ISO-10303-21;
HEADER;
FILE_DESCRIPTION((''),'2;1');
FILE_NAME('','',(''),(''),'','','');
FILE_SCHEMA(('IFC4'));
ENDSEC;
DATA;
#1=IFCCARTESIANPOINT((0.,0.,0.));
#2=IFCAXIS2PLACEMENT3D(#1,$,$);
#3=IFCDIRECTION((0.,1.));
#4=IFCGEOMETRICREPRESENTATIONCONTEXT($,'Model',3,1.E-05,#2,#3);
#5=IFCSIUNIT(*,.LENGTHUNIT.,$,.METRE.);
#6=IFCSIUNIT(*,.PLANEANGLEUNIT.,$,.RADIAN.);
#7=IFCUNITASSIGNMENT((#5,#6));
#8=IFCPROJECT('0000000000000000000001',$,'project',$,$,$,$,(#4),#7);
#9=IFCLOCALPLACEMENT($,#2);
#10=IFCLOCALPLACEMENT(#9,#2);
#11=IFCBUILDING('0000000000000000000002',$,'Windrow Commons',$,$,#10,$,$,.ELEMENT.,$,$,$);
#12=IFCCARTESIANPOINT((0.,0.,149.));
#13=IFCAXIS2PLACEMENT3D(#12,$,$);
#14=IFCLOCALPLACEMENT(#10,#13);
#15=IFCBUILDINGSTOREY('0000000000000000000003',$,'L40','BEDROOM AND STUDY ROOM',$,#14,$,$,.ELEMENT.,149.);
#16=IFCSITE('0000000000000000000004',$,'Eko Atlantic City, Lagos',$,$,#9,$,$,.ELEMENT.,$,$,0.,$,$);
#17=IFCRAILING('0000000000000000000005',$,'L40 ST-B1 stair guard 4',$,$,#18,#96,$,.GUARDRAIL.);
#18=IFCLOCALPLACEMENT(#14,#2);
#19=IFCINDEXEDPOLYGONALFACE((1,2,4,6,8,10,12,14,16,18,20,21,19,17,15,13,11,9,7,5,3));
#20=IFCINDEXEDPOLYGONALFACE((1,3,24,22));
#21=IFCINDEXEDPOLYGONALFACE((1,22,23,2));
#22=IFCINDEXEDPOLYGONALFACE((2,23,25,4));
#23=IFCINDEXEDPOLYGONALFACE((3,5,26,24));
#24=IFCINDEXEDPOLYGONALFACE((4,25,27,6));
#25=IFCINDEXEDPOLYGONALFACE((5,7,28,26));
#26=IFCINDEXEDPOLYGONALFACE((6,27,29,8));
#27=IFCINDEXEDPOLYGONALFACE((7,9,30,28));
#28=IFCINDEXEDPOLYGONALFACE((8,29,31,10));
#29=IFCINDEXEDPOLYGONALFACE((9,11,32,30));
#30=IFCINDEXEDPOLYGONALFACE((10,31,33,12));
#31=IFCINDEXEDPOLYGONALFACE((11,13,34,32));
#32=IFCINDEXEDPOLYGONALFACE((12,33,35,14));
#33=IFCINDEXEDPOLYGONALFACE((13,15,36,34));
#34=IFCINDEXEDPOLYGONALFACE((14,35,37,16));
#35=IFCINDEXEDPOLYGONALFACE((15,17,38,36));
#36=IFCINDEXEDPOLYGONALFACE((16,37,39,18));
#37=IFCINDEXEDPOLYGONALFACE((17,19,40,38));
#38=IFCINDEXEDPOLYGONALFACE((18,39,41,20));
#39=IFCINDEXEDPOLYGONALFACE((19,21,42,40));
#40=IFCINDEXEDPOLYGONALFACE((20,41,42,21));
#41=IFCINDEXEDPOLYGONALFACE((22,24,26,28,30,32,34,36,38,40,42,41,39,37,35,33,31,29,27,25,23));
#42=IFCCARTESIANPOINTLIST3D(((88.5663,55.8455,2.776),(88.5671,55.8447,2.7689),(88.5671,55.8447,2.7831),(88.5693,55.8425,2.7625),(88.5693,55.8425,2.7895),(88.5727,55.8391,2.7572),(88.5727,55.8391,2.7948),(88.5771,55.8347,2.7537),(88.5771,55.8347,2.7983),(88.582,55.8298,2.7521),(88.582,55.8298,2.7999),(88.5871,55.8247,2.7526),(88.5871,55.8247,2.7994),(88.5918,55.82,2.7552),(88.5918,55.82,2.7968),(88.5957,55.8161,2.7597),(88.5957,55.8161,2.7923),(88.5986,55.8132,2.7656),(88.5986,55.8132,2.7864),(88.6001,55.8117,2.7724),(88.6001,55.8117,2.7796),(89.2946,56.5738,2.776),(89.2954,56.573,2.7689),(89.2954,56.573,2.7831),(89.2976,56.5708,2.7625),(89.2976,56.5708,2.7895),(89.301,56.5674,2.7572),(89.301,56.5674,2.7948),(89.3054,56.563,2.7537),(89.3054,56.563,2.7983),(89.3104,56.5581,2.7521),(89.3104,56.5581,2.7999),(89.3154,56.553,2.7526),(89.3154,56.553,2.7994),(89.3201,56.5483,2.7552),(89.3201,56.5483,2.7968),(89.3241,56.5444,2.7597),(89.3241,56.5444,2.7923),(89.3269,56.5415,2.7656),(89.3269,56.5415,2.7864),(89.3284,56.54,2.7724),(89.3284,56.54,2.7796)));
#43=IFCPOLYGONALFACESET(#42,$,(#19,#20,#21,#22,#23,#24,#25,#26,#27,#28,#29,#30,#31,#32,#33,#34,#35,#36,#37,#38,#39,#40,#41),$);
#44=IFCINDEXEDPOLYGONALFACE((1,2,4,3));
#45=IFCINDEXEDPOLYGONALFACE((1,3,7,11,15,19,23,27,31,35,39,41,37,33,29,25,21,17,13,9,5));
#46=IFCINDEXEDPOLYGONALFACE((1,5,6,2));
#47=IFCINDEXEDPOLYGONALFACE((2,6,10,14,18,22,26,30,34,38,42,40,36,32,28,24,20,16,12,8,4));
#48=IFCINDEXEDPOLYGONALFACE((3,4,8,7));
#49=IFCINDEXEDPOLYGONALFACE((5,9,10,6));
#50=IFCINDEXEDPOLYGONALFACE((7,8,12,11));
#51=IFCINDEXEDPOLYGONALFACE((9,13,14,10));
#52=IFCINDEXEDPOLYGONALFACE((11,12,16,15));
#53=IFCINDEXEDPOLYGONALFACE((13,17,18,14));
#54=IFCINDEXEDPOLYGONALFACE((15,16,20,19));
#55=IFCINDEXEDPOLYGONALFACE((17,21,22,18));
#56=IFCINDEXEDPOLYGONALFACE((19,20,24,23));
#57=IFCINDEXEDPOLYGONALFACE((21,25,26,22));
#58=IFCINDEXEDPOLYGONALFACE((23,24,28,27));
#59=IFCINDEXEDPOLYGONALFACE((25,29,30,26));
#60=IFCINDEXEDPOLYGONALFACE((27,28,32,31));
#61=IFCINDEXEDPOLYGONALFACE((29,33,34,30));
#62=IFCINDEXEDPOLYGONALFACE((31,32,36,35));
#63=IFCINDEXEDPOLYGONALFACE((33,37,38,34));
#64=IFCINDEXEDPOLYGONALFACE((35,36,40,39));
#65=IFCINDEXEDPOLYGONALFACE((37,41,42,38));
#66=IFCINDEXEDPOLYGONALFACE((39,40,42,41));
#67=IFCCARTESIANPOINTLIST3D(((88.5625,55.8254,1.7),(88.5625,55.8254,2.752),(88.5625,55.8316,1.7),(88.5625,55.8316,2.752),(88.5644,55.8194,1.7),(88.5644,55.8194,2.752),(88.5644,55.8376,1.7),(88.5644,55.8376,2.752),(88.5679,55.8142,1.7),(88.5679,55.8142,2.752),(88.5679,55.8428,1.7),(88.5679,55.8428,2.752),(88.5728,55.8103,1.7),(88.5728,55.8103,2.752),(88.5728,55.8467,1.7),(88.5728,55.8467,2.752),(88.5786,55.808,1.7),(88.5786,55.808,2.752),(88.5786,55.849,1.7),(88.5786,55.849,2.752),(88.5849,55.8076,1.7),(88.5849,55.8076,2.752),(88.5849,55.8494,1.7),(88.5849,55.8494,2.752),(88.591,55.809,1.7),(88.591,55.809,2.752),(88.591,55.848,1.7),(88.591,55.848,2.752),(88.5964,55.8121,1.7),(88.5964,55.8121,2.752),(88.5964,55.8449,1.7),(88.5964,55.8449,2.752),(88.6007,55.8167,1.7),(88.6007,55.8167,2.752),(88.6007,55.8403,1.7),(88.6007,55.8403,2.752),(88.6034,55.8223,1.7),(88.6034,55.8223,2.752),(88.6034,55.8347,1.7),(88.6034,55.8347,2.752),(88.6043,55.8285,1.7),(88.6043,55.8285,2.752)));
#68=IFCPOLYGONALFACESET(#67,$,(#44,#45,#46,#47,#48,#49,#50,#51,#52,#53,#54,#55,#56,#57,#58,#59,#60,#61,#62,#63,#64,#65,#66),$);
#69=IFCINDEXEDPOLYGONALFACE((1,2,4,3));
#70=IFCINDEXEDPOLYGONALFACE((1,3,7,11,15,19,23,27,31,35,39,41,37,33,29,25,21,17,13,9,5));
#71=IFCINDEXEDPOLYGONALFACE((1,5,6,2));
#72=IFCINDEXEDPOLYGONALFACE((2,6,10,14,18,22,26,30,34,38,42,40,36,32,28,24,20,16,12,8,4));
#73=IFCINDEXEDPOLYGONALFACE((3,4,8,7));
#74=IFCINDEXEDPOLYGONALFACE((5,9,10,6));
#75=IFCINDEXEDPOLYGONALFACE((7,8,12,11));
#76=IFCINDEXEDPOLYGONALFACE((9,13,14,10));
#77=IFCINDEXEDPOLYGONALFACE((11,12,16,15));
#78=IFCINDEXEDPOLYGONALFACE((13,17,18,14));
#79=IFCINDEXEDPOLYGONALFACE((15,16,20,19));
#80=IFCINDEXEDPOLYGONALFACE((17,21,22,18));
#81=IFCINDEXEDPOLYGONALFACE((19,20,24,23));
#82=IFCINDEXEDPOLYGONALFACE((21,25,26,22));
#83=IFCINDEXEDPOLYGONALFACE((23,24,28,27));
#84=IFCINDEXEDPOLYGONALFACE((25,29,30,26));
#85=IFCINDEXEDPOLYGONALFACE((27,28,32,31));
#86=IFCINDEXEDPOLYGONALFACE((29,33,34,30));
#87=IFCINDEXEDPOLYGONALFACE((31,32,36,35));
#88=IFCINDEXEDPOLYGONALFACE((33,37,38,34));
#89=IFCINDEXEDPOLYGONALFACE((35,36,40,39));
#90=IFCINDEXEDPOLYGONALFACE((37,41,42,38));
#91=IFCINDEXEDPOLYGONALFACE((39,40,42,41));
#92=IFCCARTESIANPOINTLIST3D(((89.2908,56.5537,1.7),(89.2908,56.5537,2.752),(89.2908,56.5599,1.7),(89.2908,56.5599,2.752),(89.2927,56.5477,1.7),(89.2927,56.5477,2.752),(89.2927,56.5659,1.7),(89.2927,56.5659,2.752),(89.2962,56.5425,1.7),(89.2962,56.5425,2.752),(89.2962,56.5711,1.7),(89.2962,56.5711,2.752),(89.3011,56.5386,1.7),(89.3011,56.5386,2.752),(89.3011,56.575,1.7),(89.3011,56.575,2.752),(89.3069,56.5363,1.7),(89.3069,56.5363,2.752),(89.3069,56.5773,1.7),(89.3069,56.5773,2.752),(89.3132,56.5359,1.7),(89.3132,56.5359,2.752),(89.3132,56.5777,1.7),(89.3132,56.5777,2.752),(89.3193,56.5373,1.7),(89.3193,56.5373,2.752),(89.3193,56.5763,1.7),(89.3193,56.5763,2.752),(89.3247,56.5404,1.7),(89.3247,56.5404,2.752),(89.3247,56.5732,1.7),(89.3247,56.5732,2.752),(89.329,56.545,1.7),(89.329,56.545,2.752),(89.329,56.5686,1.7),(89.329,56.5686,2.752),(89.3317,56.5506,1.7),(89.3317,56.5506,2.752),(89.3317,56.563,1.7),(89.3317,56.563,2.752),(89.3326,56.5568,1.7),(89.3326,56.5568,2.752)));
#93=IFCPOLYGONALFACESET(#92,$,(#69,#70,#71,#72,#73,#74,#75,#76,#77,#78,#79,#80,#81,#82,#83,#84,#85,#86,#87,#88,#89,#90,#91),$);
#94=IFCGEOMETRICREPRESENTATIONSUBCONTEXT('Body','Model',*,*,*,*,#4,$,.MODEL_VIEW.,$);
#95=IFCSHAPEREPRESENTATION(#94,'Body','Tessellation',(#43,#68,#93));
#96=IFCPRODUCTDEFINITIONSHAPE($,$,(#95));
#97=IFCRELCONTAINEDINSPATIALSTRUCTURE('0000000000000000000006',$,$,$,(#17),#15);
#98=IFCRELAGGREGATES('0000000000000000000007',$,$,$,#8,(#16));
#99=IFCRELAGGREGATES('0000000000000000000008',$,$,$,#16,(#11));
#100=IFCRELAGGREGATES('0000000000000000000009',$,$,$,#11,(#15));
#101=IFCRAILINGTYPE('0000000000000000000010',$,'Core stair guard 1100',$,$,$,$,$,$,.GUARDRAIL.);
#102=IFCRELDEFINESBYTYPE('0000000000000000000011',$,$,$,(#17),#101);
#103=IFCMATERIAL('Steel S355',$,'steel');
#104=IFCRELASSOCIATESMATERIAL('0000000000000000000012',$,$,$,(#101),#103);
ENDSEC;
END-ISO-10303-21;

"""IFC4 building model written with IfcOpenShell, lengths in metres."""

from ifc_helpers import new_model, si_unit, direction, frame, origin, origin_2d, place, context, subcontext, project, spatial, circle, extrude, material, type_object, element, save


model = new_model("IFC4")

# Units and contexts
model_context = context("Model", 3, precision=1e-05, world=origin(), true_north=direction((0.0, 1.0)))
body_context = subcontext(model_context, "Body", "Model", "MODEL_VIEW")
ifc_project = project(units=[si_unit("LENGTHUNIT", "METRE"), si_unit("PLANEANGLEUNIT", "RADIAN")], contexts=[model_context])

# Site, building, storey
site_placement = place(None, origin())
site = spatial("IfcSite", under=ifc_project, at=site_placement, Name="Eko Atlantic City, Lagos", CompositionType="ELEMENT", RefElevation=0.0)
building_placement = place(site_placement, origin())
building = spatial("IfcBuilding", under=site, at=building_placement, Name="Windrow Commons", CompositionType="ELEMENT")
storey_placement = place(building_placement, frame((0.0, 0.0, 149.0)))
storey = spatial("IfcBuildingStorey", under=building, at=storey_placement, Name="L40", Description="BEDROOM AND STUDY ROOM", CompositionType="ELEMENT", Elevation=149.0)

# Railing
ifc_material_1 = material(Name="Steel S355", Category="steel")
railing_type_1 = type_object("IfcRailingType", Name="Core stair guard 1100", PredefinedType="GUARDRAIL", material=ifc_material_1)
railing_1_placement = place(storey_placement, frame((88.5833, 55.8285, 1.7)))
element("IfcRailing", 1, at=railing_1_placement, inside=storey, type_object=railing_type_1, Name="L40 ST-B1 stair guard 4", PredefinedType="GUARDRAIL", context=body_context, shape_type="SweptSolid", body=[
    extrude(circle(Radius=0.024, at=origin_2d()), frame((0.0, 0.0, 1.076), z_axis=(0.707107, 0.707107, 0.0), x_axis=(-0.707107, 0.707107, 0.0)), (0.0, 0.0, 1.0), 1.03),
    extrude(circle(Radius=0.021, at=origin_2d()), origin(), (0.0, 0.0, 1.0), 1.052),
    extrude(circle(Radius=0.021, at=origin_2d()), frame((0.7283, 0.7283, 0.0)), (0.0, 0.0, 1.0), 1.052),
])

save(model, "model.ifc")
